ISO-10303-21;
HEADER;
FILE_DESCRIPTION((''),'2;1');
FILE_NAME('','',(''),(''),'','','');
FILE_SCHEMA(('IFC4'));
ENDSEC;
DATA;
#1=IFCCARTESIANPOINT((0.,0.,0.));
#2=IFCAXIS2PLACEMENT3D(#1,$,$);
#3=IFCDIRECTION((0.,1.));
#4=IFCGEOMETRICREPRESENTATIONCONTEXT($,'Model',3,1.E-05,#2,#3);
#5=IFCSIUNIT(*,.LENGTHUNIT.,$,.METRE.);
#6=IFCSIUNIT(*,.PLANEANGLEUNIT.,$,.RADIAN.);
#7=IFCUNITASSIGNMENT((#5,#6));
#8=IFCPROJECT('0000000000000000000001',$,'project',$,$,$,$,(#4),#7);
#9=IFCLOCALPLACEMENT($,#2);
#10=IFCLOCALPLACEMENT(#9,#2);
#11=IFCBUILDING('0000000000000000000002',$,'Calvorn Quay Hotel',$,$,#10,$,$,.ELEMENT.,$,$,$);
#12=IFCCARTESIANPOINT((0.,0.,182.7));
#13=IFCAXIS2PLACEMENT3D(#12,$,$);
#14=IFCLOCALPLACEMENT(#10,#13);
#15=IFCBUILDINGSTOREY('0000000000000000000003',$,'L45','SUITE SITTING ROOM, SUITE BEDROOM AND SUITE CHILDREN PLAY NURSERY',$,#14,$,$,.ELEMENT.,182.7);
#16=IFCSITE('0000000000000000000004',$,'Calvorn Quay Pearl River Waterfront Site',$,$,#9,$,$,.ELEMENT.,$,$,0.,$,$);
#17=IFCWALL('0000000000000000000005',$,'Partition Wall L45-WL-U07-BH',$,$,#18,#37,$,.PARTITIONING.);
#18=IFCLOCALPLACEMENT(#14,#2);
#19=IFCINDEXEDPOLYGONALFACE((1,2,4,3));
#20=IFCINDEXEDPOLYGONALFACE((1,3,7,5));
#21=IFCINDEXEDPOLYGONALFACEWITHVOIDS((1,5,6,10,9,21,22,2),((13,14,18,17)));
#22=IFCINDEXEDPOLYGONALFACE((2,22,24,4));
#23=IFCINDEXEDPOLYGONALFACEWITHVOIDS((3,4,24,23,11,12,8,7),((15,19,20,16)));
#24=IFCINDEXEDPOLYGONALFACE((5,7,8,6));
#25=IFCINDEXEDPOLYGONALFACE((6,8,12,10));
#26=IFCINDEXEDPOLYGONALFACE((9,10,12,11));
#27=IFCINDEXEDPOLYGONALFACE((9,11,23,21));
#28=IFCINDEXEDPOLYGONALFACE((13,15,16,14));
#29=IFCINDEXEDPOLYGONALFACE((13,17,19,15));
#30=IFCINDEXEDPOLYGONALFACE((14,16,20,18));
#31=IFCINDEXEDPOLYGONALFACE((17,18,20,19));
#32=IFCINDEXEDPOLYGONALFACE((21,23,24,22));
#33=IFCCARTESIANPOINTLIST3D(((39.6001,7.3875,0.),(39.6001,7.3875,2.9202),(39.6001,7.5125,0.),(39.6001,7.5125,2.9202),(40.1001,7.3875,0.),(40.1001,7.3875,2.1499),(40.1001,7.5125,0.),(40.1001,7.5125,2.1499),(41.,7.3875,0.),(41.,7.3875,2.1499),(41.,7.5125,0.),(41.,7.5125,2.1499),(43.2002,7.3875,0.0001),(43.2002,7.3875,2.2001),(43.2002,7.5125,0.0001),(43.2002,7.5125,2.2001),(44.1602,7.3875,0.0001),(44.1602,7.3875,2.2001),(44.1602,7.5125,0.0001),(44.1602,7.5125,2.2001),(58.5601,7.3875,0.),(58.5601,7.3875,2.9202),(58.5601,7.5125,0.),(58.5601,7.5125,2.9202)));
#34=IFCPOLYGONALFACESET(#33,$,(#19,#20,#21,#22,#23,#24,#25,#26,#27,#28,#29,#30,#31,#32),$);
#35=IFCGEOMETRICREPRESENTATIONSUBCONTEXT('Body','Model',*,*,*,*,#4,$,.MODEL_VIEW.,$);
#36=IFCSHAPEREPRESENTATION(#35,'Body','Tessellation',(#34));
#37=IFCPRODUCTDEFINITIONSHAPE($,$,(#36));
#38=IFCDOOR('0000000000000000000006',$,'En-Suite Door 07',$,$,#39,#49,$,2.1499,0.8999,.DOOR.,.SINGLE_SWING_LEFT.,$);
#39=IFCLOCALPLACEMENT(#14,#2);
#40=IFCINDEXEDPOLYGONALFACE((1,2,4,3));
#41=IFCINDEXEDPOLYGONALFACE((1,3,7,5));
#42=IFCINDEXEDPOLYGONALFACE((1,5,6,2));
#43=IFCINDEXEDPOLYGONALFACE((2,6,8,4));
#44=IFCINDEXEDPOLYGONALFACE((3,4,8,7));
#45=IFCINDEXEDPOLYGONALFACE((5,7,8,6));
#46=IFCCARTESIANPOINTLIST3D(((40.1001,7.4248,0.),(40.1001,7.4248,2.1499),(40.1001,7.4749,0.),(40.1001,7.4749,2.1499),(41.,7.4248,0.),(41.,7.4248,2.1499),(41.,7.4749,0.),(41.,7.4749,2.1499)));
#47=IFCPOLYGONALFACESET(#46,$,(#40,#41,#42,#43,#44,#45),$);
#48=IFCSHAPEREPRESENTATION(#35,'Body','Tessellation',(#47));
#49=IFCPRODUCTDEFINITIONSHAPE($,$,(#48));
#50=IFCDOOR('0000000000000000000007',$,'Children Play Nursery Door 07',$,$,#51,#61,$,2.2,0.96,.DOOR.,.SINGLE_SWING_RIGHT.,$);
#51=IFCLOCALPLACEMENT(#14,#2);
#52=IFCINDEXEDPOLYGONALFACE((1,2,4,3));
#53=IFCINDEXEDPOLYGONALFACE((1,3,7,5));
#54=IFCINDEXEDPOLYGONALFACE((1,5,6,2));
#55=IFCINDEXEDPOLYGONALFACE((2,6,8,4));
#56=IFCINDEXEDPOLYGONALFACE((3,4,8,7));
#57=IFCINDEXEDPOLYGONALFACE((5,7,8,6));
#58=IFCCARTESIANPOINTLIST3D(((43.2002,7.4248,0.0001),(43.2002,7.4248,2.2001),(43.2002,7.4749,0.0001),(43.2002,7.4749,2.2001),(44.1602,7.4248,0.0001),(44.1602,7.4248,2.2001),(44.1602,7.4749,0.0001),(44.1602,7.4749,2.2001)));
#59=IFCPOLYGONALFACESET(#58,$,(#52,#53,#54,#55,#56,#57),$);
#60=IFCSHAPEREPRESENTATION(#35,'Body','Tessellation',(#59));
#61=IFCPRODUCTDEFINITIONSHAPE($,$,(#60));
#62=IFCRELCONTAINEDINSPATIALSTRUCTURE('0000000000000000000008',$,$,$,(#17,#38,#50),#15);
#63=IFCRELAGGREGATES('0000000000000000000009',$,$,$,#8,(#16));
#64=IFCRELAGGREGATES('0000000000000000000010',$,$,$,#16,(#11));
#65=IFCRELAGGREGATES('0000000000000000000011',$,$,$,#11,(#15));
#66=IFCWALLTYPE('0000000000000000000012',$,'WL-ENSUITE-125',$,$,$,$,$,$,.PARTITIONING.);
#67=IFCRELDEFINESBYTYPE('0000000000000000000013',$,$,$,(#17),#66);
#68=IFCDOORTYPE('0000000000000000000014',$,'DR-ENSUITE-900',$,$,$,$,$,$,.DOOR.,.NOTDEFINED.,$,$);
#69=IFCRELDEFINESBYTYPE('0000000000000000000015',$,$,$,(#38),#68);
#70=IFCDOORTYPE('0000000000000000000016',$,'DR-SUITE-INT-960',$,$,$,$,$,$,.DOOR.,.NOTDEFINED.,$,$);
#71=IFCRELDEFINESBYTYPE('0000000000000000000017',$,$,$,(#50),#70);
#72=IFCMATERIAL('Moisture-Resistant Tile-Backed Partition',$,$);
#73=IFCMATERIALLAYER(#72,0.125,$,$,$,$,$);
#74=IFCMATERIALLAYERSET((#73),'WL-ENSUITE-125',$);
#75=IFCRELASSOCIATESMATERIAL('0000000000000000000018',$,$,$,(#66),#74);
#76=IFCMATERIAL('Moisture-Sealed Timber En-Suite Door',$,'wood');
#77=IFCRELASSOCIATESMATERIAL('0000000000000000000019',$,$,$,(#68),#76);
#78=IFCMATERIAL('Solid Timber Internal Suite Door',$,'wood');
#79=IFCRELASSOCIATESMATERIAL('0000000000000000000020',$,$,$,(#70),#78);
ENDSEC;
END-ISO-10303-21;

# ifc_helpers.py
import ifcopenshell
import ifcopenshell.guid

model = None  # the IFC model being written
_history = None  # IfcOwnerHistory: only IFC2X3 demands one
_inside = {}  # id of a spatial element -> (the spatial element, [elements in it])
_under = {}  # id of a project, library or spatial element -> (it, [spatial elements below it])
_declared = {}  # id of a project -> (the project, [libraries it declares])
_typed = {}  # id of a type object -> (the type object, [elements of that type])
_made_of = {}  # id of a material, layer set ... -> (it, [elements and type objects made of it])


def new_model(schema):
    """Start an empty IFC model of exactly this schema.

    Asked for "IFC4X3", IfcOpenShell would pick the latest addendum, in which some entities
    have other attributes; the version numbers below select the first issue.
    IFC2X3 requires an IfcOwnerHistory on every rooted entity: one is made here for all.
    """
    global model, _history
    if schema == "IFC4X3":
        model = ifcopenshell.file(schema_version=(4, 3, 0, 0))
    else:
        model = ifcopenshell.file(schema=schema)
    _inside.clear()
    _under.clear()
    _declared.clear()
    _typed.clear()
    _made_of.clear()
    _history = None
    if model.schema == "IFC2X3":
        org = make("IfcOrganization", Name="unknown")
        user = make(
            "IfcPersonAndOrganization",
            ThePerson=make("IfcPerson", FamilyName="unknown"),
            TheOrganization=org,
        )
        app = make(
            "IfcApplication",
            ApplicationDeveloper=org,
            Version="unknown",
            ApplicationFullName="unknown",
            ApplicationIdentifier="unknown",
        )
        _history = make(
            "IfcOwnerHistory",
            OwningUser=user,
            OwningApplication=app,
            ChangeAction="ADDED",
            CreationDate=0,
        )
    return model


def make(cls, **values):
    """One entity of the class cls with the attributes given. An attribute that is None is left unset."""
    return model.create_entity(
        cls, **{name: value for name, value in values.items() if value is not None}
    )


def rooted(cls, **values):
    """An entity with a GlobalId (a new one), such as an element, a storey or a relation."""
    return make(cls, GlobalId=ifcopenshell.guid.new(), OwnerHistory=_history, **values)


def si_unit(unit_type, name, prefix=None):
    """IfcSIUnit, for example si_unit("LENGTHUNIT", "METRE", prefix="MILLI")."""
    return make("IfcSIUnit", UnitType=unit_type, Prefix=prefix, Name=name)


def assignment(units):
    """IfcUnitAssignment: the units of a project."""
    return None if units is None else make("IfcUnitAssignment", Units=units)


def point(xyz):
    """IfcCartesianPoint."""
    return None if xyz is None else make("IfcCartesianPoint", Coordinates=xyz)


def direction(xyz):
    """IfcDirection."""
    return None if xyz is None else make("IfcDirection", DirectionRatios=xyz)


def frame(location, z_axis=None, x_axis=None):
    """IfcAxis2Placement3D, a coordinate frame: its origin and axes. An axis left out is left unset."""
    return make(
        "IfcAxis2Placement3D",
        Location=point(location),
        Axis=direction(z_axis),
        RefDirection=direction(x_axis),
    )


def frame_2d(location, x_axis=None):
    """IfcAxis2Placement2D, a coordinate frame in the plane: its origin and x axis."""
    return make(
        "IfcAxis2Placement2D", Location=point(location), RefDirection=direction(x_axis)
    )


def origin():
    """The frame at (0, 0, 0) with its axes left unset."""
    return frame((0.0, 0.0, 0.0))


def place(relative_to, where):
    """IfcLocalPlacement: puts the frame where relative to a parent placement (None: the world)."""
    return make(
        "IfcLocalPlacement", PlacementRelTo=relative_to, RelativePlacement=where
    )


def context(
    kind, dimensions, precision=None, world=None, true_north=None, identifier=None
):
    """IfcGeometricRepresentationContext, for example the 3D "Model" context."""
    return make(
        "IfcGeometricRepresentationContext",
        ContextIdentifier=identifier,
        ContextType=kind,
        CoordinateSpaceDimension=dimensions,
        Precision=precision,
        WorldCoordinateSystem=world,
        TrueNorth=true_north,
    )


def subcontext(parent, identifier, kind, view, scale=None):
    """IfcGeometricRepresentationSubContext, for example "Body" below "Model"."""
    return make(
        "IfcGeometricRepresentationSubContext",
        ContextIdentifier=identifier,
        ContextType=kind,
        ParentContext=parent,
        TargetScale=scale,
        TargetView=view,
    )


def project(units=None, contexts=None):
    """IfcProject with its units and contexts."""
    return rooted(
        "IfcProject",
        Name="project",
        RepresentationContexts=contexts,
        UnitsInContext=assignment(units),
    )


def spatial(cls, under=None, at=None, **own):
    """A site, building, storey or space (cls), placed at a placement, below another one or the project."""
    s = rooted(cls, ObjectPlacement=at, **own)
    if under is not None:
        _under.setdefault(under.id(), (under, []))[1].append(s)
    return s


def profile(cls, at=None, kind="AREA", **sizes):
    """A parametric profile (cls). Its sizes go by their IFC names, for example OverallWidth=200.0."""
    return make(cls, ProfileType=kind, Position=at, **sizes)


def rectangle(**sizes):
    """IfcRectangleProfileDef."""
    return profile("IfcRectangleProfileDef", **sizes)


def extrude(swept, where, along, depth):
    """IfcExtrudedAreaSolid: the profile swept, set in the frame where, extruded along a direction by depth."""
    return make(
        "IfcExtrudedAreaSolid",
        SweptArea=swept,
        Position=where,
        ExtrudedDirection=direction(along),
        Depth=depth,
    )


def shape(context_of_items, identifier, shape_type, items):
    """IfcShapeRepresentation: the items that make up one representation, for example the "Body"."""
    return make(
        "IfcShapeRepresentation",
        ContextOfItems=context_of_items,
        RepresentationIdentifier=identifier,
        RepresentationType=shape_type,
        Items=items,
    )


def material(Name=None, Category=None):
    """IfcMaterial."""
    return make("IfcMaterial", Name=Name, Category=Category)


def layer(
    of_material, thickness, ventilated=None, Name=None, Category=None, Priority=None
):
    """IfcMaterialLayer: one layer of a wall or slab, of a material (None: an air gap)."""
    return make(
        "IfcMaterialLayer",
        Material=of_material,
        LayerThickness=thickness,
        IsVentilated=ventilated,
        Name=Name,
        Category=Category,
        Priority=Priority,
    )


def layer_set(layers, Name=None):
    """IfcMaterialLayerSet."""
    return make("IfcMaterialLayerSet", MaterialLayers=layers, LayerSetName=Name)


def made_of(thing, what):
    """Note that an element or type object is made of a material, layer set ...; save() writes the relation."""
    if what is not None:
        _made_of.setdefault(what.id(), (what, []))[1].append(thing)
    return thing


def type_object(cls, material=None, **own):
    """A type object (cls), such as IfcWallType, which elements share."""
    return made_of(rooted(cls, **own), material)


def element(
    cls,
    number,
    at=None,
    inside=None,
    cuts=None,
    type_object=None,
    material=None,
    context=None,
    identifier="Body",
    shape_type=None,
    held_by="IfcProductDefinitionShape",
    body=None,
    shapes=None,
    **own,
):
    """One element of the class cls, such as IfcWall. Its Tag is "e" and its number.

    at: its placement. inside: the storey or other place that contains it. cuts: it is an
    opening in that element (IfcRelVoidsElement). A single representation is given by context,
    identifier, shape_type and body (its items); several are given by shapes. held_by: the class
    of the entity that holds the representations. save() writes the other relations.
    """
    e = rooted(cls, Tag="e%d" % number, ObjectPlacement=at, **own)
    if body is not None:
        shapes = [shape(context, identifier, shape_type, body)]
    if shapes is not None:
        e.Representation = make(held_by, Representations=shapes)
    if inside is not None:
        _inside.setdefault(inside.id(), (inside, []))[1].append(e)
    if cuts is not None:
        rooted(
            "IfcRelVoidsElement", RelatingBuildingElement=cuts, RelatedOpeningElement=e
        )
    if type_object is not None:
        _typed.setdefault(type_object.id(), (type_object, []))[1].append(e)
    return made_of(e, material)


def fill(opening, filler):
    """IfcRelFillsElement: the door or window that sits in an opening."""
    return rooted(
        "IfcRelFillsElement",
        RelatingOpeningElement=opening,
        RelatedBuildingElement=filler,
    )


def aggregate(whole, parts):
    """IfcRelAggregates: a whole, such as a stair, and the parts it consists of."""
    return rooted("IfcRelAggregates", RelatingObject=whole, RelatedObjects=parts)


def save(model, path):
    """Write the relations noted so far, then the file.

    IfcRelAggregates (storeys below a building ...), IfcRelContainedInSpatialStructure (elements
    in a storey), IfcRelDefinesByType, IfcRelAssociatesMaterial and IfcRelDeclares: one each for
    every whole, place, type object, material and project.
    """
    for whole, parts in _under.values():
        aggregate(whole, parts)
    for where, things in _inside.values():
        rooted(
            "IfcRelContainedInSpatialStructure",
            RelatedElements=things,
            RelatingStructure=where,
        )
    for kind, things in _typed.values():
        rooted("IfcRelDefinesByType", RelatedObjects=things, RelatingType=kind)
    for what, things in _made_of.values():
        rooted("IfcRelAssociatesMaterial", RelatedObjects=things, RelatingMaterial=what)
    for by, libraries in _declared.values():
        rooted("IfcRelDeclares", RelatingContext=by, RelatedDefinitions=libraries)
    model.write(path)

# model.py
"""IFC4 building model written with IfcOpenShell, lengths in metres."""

from ifc_helpers import new_model, si_unit, direction, frame, frame_2d, origin, place, context, subcontext, project, spatial, rectangle, extrude, material, layer, layer_set, type_object, element, fill, save


model = new_model("IFC4")

# Units and contexts
model_context = context("Model", 3, precision=1e-05, world=origin(), true_north=direction((0.0, 1.0)))
body_context = subcontext(model_context, "Body", "Model", "MODEL_VIEW")
ifc_project = project(units=[si_unit("LENGTHUNIT", "METRE"), si_unit("PLANEANGLEUNIT", "RADIAN")], contexts=[model_context])

# Site, building, storey
site_placement = place(None, origin())
site = spatial("IfcSite", under=ifc_project, at=site_placement, Name="Calvorn Quay Pearl River Waterfront Site", CompositionType="ELEMENT", RefElevation=0.0)
building_placement = place(site_placement, origin())
building = spatial("IfcBuilding", under=site, at=building_placement, Name="Calvorn Quay Hotel", CompositionType="ELEMENT")
storey_placement = place(building_placement, frame((0.0, 0.0, 182.7)))
storey = spatial("IfcBuildingStorey", under=building, at=storey_placement, Name="L45", Description="SUITE SITTING ROOM, SUITE BEDROOM AND SUITE CHILDREN PLAY NURSERY", CompositionType="ELEMENT", Elevation=182.7)

# Shared definitions
ifc_material_1 = material(Name="Moisture-Resistant Tile-Backed Partition")
ifc_layer_1 = layer(ifc_material_1, 0.125)
ifc_layer_set_1 = layer_set([ifc_layer_1], Name="WL-ENSUITE-125")
wall_type_1 = type_object("IfcWallType", Name="WL-ENSUITE-125", PredefinedType="PARTITIONING", material=ifc_layer_set_1)
ifc_material_2 = material(Name="Moisture-Sealed Timber En-Suite Door", Category="wood")
door_type_1 = type_object("IfcDoorType", Name="DR-ENSUITE-900", OperationType="NOTDEFINED", PredefinedType="DOOR", material=ifc_material_2)
ifc_material_3 = material(Name="Solid Timber Internal Suite Door", Category="wood")
door_type_2 = type_object("IfcDoorType", Name="DR-SUITE-INT-960", OperationType="NOTDEFINED", PredefinedType="DOOR", material=ifc_material_3)

# Wall, openings, doors
wall_1_placement = place(storey_placement, frame((39.6001, 7.45, 0.0), z_axis=(0.0, 0.0, 1.0), x_axis=(1.0, 0.0, 0.0)))
wall_1 = element("IfcWall", 1, at=wall_1_placement, inside=storey, type_object=wall_type_1, Name="Partition Wall L45-WL-U07-BH", PredefinedType="PARTITIONING", context=body_context, shape_type="SweptSolid", body=[
    extrude(rectangle(XDim=18.96, YDim=0.125, at=frame_2d((9.48, 0.0))), origin(), (0.0, 0.0, 1.0), 2.9202),
])
opening_1_placement = place(wall_1_placement, frame((0.5, 0.0, 0.0)))
opening_1 = element("IfcOpeningElement", 2, at=opening_1_placement, cuts=wall_1, PredefinedType="OPENING", context=body_context, shape_type="SweptSolid", body=[
    extrude(rectangle(XDim=0.8999, YDim=2.1499, at=frame_2d((0.45, 1.075))), frame((0.0, 0.0725, 0.0), z_axis=(0.0, -1.0, 0.0), x_axis=(1.0, 0.0, 0.0)), (0.0, 0.0, 1.0), 0.145),
])
opening_2_placement = place(wall_1_placement, frame((3.6001, 0.0, 0.0)))
opening_2 = element("IfcOpeningElement", 3, at=opening_2_placement, cuts=wall_1, PredefinedType="OPENING", context=body_context, shape_type="SweptSolid", body=[
    extrude(rectangle(XDim=0.96, YDim=2.2, at=frame_2d((0.48, 1.1001))), frame((0.0, 0.0725, 0.0), z_axis=(0.0, -1.0, 0.0), x_axis=(1.0, 0.0, 0.0)), (0.0, 0.0, 1.0), 0.145),
])
door_1_placement = place(opening_1_placement, origin())
door_1 = element("IfcDoor", 4, at=door_1_placement, inside=storey, type_object=door_type_1, Name="En-Suite Door 07", OperationType="SINGLE_SWING_LEFT", OverallHeight=2.1499, OverallWidth=0.8999, PredefinedType="DOOR", context=body_context, shape_type="SweptSolid", body=[
    extrude(rectangle(XDim=0.8999, YDim=2.1499, at=frame_2d((0.45, 1.075))), frame((0.0, 0.0249, 0.0), z_axis=(0.0, -1.0, 0.0), x_axis=(1.0, 0.0, 0.0)), (0.0, 0.0, 1.0), 0.05),
])
fill(opening_1, door_1)
door_2_placement = place(opening_2_placement, origin())
door_2 = element("IfcDoor", 5, at=door_2_placement, inside=storey, type_object=door_type_2, Name="Children Play Nursery Door 07", OperationType="SINGLE_SWING_RIGHT", OverallHeight=2.2, OverallWidth=0.96, PredefinedType="DOOR", context=body_context, shape_type="SweptSolid", body=[
    extrude(rectangle(XDim=0.96, YDim=2.2, at=frame_2d((0.48, 1.1001))), frame((0.0, 0.0249, 0.0), z_axis=(0.0, -1.0, 0.0), x_axis=(1.0, 0.0, 0.0)), (0.0, 0.0, 1.0), 0.05),
])
fill(opening_2, door_2)

save(model, "model.ifc")
